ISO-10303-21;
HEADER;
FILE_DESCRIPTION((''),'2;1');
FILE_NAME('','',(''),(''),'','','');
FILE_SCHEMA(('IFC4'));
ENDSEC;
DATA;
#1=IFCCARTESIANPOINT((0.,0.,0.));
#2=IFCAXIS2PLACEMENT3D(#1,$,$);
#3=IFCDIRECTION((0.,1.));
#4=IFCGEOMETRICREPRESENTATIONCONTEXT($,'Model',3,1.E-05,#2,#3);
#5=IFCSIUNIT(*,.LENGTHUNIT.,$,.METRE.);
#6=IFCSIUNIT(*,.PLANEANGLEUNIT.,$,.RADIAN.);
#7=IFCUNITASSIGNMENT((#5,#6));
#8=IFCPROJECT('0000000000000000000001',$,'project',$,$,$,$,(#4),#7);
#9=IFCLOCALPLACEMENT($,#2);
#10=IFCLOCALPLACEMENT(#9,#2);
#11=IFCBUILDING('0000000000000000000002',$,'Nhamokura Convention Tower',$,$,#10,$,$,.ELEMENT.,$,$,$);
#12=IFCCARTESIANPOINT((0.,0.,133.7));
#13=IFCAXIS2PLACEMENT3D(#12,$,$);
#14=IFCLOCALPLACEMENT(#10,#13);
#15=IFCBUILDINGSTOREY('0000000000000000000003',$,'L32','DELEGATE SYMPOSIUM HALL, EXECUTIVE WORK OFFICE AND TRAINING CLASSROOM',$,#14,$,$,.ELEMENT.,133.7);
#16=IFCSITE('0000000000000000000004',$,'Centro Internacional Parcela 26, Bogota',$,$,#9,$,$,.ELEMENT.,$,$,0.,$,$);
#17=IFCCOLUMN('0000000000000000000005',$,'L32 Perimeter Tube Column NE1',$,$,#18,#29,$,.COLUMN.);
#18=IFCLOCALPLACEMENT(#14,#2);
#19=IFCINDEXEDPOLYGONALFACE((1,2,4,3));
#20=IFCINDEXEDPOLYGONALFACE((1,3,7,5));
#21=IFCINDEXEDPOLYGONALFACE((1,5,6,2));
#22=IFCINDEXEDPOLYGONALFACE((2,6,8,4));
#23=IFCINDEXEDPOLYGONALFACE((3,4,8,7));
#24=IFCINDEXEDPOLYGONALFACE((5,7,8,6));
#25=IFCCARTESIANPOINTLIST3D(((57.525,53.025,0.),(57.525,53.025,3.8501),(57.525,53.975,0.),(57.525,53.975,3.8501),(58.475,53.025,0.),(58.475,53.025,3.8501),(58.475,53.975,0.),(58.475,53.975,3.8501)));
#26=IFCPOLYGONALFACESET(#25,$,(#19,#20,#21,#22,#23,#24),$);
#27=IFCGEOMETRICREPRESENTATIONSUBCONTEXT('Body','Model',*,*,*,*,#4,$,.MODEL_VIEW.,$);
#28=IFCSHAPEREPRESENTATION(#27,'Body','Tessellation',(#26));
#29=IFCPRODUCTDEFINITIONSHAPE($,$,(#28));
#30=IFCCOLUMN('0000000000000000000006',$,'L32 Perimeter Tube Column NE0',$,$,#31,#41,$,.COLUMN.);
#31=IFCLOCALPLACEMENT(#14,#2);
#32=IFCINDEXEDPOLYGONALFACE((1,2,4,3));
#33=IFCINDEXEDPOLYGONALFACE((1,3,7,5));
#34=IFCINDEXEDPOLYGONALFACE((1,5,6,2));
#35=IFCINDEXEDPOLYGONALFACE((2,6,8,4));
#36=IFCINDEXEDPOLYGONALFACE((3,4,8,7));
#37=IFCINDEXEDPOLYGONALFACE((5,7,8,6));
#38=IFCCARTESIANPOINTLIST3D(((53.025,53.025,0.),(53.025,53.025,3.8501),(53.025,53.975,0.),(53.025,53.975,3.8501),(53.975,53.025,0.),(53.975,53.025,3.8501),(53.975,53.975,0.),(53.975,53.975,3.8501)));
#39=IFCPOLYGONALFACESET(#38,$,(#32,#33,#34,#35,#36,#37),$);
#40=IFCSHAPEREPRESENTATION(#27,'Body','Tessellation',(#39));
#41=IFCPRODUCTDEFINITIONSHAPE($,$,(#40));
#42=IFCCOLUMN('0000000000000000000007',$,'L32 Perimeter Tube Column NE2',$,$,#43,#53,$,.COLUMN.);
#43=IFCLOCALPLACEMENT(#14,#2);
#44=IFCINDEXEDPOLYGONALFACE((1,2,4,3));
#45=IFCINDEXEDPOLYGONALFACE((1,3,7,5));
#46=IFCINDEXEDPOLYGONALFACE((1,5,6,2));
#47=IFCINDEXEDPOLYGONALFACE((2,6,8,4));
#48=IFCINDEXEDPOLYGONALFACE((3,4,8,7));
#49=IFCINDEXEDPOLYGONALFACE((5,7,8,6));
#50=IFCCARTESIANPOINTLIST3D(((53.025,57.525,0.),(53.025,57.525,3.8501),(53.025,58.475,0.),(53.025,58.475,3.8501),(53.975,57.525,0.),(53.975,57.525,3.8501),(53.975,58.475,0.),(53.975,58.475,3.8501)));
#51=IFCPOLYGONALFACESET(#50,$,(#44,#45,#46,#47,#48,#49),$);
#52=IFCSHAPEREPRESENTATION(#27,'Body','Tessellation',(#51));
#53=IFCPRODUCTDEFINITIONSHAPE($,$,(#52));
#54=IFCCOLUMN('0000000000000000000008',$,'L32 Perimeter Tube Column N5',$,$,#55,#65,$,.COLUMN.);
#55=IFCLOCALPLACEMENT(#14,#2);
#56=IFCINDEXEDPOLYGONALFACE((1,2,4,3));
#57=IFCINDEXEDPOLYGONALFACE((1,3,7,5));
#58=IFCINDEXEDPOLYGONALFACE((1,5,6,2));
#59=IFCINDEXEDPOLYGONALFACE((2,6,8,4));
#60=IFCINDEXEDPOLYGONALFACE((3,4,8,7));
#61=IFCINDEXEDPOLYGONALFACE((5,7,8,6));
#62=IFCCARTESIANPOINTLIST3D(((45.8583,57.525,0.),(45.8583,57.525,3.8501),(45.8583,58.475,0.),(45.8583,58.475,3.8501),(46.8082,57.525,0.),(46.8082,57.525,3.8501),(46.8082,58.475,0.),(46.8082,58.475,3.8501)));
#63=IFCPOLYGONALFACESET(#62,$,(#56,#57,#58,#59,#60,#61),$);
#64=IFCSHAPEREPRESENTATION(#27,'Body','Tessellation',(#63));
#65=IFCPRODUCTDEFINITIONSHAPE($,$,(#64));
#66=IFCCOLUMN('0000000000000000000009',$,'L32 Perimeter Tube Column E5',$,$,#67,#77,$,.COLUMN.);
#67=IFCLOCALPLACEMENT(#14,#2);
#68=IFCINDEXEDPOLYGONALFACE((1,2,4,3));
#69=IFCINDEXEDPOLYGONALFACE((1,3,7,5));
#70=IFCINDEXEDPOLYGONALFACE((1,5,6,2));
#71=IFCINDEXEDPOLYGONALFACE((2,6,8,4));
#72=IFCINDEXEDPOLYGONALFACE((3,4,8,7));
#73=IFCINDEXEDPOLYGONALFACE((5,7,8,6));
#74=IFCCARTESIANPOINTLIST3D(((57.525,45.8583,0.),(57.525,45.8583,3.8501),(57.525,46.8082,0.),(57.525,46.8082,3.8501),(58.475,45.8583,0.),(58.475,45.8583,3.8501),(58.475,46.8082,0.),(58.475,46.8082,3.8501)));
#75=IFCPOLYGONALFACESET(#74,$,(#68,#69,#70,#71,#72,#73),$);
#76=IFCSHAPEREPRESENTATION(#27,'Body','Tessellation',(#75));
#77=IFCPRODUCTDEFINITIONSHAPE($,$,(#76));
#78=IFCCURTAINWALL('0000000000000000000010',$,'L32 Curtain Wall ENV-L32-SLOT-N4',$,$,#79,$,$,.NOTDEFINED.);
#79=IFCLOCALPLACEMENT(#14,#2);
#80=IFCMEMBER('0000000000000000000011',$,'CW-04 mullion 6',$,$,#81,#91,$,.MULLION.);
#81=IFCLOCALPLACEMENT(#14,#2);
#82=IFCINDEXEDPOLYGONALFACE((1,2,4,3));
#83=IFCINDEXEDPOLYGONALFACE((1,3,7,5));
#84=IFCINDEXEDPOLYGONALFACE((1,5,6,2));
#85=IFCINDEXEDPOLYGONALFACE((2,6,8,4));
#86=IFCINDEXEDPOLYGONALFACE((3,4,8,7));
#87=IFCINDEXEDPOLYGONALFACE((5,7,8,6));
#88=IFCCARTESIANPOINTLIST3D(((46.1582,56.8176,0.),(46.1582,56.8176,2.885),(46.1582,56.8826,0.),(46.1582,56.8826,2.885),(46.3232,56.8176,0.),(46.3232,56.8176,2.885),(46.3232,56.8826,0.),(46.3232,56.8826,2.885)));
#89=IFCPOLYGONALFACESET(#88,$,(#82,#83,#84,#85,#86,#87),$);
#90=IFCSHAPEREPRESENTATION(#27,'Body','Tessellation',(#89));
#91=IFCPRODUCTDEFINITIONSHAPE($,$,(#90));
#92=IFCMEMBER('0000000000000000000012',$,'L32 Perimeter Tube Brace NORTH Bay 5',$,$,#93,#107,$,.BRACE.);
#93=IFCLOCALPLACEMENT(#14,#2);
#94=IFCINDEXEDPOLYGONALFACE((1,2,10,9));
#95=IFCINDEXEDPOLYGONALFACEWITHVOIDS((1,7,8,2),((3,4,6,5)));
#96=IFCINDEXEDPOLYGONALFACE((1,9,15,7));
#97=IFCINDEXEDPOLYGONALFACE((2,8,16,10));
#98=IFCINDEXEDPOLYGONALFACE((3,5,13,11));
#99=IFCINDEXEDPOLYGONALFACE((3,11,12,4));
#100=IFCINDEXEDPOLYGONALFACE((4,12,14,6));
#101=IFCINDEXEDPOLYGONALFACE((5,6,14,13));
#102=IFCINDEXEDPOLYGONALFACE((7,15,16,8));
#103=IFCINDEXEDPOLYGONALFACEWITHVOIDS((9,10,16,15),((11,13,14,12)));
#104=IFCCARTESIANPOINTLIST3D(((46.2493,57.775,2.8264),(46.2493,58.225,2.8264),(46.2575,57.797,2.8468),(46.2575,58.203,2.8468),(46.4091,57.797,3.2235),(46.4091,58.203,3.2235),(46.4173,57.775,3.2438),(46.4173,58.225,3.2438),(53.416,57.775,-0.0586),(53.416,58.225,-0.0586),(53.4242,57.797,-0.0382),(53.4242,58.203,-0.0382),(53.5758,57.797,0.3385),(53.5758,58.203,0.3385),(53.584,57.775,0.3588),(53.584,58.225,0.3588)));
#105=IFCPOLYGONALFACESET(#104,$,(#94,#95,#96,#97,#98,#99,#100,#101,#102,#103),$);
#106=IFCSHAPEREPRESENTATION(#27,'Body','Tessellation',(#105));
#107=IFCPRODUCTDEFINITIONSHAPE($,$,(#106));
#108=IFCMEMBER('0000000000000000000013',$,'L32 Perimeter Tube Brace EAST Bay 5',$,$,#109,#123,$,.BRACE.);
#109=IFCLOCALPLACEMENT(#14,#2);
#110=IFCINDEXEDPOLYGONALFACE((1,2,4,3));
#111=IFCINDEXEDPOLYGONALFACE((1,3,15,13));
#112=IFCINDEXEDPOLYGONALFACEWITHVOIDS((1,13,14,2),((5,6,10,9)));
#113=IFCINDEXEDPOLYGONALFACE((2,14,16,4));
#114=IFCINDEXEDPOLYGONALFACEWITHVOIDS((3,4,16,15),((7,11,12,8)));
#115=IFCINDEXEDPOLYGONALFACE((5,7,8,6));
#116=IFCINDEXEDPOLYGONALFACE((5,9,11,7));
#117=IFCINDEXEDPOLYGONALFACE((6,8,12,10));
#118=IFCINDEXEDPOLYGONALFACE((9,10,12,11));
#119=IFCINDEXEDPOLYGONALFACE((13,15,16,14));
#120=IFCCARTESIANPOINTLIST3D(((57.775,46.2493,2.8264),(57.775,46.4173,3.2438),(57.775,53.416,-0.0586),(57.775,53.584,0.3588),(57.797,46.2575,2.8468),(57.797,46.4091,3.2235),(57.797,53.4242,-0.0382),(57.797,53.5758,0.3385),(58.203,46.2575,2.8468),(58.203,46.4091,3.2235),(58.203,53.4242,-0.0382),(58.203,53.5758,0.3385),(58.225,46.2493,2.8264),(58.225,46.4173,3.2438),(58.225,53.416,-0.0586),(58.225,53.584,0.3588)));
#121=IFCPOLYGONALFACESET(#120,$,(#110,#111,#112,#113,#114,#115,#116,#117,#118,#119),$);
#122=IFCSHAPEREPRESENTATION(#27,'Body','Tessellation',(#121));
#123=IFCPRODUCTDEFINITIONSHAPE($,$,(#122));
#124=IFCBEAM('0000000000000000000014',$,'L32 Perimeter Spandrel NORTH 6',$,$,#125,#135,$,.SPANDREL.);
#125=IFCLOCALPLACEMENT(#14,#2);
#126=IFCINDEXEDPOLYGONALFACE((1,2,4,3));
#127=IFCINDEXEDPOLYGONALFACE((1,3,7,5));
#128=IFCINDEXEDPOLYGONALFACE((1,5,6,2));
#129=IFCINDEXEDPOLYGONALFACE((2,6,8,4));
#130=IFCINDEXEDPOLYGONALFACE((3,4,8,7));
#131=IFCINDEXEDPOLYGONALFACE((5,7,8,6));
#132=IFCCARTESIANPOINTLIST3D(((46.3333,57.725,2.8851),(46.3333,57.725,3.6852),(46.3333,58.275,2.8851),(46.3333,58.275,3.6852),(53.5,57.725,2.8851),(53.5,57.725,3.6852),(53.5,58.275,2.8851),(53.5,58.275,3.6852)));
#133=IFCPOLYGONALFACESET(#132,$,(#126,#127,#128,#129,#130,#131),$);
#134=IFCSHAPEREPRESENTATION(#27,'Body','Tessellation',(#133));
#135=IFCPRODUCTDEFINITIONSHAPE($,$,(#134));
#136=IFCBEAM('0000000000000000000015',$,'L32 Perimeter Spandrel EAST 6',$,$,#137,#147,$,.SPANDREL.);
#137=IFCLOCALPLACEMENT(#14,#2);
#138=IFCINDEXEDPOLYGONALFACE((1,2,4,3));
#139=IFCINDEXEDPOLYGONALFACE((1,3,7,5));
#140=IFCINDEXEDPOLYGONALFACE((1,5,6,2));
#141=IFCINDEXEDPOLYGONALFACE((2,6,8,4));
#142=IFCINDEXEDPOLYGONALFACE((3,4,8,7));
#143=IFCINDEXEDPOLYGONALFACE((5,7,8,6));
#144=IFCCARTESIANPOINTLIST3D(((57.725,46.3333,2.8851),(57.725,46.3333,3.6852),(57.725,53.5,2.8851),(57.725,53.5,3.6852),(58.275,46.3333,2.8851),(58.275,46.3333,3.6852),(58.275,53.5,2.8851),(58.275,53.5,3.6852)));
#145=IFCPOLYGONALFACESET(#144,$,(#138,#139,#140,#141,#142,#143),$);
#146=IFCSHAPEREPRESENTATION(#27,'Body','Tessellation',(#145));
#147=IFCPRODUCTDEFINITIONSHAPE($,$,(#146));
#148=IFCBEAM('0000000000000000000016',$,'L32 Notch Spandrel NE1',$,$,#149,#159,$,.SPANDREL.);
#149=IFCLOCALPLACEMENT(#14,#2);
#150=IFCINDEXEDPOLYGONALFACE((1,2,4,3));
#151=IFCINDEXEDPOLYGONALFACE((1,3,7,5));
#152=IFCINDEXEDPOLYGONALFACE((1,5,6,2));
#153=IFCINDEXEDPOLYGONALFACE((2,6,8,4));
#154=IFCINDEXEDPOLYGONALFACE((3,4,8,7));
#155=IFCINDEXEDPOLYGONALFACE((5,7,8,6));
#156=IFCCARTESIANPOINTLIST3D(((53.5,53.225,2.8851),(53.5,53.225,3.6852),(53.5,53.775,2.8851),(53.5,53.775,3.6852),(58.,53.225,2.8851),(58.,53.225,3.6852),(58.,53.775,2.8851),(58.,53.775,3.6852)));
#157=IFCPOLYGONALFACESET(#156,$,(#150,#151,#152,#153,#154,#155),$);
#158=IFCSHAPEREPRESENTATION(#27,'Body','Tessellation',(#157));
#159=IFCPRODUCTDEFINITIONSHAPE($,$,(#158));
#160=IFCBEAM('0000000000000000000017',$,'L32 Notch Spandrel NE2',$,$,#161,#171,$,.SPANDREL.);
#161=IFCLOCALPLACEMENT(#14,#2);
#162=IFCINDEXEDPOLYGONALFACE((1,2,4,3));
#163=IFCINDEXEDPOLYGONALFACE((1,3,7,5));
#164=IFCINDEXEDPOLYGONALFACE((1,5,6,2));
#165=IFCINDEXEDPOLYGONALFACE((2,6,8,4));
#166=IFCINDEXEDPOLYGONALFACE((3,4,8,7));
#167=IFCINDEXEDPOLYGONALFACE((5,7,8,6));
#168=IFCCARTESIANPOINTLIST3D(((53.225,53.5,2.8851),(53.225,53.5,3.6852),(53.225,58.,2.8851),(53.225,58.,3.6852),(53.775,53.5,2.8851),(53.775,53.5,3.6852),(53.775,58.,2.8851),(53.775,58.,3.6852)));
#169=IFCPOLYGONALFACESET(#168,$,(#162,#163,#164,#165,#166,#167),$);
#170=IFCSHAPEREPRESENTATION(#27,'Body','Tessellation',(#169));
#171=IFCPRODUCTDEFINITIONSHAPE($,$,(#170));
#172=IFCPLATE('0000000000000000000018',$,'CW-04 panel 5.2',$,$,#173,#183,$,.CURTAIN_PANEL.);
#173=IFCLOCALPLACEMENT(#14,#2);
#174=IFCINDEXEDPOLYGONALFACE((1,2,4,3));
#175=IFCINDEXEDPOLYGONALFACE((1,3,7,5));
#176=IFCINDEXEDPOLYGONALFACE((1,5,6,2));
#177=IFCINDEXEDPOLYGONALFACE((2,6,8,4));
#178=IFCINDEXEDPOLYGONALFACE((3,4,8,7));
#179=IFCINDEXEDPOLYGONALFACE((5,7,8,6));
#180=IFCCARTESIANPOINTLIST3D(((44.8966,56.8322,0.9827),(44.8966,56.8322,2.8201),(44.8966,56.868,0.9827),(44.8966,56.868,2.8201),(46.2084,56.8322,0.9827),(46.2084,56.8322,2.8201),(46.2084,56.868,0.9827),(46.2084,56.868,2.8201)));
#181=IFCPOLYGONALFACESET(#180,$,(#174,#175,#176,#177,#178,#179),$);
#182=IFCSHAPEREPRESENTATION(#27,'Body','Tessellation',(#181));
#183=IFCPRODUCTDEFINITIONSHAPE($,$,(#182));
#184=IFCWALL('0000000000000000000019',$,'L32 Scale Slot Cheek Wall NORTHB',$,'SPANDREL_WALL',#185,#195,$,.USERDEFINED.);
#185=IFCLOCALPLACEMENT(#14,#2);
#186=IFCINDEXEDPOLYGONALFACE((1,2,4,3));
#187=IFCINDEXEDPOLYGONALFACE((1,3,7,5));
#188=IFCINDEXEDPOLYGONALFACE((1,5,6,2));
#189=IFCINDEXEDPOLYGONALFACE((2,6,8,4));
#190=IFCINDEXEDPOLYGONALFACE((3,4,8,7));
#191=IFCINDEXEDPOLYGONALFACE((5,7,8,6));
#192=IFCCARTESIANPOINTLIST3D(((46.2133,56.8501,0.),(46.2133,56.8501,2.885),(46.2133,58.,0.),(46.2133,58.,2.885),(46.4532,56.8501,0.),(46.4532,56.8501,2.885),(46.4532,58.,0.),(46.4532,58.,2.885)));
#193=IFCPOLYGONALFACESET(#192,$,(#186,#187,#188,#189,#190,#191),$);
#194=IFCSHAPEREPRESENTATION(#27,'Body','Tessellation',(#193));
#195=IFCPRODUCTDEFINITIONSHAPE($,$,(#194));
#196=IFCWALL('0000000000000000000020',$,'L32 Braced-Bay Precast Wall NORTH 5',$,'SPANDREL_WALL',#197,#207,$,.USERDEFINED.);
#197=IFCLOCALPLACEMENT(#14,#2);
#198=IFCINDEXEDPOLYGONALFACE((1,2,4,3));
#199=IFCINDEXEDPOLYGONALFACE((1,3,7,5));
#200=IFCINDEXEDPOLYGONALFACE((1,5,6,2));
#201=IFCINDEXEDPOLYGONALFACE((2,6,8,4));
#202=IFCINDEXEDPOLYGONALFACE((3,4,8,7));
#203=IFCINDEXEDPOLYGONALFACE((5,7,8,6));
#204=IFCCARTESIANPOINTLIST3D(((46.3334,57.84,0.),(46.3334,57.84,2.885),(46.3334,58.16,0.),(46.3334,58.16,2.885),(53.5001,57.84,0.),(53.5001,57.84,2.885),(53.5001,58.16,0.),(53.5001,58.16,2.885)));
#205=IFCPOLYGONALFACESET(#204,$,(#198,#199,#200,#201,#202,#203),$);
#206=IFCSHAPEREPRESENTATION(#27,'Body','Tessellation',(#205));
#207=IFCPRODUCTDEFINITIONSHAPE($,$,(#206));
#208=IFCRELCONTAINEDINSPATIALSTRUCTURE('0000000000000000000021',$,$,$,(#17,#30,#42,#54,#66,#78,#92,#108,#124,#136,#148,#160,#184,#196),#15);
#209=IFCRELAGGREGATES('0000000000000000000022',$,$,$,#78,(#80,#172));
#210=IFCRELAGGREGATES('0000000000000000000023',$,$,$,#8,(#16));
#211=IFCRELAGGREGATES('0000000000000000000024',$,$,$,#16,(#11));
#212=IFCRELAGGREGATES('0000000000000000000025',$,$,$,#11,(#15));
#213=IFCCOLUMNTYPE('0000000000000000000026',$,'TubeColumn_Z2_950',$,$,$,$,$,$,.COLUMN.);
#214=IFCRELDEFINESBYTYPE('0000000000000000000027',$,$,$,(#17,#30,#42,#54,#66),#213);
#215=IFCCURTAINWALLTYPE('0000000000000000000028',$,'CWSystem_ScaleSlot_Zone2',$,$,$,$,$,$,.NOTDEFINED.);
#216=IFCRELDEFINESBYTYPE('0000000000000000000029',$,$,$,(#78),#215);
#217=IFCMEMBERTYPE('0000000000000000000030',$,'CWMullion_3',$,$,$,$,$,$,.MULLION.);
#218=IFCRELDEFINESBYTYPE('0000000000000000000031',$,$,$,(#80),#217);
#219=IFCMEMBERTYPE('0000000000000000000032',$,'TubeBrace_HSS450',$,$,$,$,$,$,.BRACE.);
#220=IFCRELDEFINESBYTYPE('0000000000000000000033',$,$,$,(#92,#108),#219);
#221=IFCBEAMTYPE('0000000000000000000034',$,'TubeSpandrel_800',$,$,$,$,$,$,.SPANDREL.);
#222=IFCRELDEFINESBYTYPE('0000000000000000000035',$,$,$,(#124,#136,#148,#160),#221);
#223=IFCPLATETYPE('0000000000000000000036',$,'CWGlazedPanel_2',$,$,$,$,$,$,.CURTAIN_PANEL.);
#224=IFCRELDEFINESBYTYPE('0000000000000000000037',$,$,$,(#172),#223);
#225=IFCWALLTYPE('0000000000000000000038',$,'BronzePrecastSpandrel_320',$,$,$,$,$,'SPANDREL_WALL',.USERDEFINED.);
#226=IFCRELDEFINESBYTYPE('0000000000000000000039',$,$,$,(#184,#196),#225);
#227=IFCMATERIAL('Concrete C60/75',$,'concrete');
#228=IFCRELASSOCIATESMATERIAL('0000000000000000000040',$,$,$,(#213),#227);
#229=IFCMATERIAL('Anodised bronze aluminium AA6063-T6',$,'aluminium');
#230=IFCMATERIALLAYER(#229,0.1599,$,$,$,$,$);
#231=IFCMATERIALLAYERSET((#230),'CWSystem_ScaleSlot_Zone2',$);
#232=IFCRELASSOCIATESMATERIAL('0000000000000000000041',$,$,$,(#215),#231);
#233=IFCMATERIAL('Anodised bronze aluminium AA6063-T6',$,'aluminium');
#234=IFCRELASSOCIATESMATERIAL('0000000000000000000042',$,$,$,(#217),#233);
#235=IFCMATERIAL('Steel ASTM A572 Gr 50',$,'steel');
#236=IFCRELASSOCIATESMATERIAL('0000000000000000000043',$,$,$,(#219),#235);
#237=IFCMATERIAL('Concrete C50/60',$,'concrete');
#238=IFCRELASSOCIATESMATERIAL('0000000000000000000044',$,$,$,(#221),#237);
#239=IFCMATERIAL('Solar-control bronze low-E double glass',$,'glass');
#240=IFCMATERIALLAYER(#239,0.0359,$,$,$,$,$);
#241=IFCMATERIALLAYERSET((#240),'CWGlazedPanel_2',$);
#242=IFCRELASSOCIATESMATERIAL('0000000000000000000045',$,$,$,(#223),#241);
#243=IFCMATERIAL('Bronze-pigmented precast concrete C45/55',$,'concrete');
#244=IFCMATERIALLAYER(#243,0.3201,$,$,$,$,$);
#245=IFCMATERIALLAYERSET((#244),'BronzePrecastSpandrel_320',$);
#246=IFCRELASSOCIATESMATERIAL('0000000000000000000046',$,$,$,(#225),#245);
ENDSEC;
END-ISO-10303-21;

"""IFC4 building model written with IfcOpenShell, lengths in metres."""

from ifc_helpers import new_model, si_unit, direction, frame, frame_2d, origin, origin_2d, place, context, subcontext, project, spatial, rectangle, hollow_rectangle, extrude, material, layer, layer_set, material_profile, profile_set, type_object, element, aggregate, save


model = new_model("IFC4")

# Units and contexts
model_context = context("Model", 3, precision=1e-05, world=origin(), true_north=direction((0.0, 1.0)))
body_context = subcontext(model_context, "Body", "Model", "MODEL_VIEW")
ifc_project = project(units=[si_unit("LENGTHUNIT", "METRE"), si_unit("PLANEANGLEUNIT", "RADIAN")], contexts=[model_context])

# Site, building, storey
site_placement = place(None, origin())
site = spatial("IfcSite", under=ifc_project, at=site_placement, Name="Centro Internacional Parcela 26, Bogota", CompositionType="ELEMENT", RefElevation=0.0)
building_placement = place(site_placement, origin())
building = spatial("IfcBuilding", under=site, at=building_placement, Name="Nhamokura Convention Tower", CompositionType="ELEMENT")
storey_placement = place(building_placement, frame((0.0, 0.0, 133.7)))
storey = spatial("IfcBuildingStorey", under=building, at=storey_placement, Name="L32", Description="DELEGATE SYMPOSIUM HALL, EXECUTIVE WORK OFFICE AND TRAINING CLASSROOM", CompositionType="ELEMENT", Elevation=133.7)

# Columns
ifc_material_1 = material(Name="Concrete C60/75", Category="concrete")
ifc_material_profile_1 = material_profile(ifc_material_1, rectangle(XDim=0.95, YDim=0.95, at=origin_2d()))
ifc_profile_set_1 = profile_set([ifc_material_profile_1], Name="Concrete C60/75")
column_type = type_object("IfcColumnType", Name="TubeColumn_Z2_950", PredefinedType="COLUMN", material=ifc_profile_set_1)
for number, where, z_axis, x_axis, name in (
    (1, (58.0, 53.5, 0.0), (0.0, 0.0, 1.0), (1.0, 0.0, 0.0), "L32 Perimeter Tube Column NE1"),
    (2, (53.5, 53.5, 0.0), (0.0, 0.0, 1.0), (1.0, 0.0, 0.0), "L32 Perimeter Tube Column NE0"),
    (3, (53.5, 58.0, 0.0), (0.0, 0.0, 1.0), (1.0, 0.0, 0.0), "L32 Perimeter Tube Column NE2"),
    (4, (46.3333, 58.0, 0.0), (0.0, 0.0, 1.0), (1.0, 0.0, 0.0), "L32 Perimeter Tube Column N5"),
    (5, (58.0, 46.3333, 0.0), (0.0, 0.0, 1.0), (1.0, 0.0, 0.0), "L32 Perimeter Tube Column E5"),
):
    element("IfcColumn", number, at=place(storey_placement, frame(where, z_axis=z_axis, x_axis=x_axis)), inside=storey, type_object=column_type, Name=name, PredefinedType="COLUMN", context=body_context, shape_type="SweptSolid", body=[
        extrude(rectangle(XDim=0.95, YDim=0.95, at=origin_2d()), origin(), (0.0, 0.0, 1.0), 3.8501),
    ])

# Curtain wall, member
ifc_material_2 = material(Name="Anodised bronze aluminium AA6063-T6", Category="aluminium")
ifc_layer_1 = layer(ifc_material_2, 0.1599)
ifc_layer_set_1 = layer_set([ifc_layer_1], Name="CWSystem_ScaleSlot_Zone2")
curtain_wall_type = type_object("IfcCurtainWallType", Name="CWSystem_ScaleSlot_Zone2", PredefinedType="NOTDEFINED", material=ifc_layer_set_1)
curtain_wall_placement = place(storey_placement, origin())
curtain_wall = element("IfcCurtainWall", 6, at=curtain_wall_placement, inside=storey, type_object=curtain_wall_type, Name="L32 Curtain Wall ENV-L32-SLOT-N4", PredefinedType="NOTDEFINED")
ifc_material_3 = material(Name="Anodised bronze aluminium AA6063-T6", Category="aluminium")
ifc_material_profile_2 = material_profile(ifc_material_3, rectangle(XDim=0.0649, YDim=0.165, at=origin_2d()))
ifc_profile_set_2 = profile_set([ifc_material_profile_2], Name="Anodised bronze aluminium AA6063-T6")
member_type_1 = type_object("IfcMemberType", Name="CWMullion_3", PredefinedType="MULLION", material=ifc_profile_set_2)
member_placement = place(storey_placement, frame((46.2407, 56.8501, 0.0), z_axis=(0.0, 0.0, 1.0), x_axis=(0.0, 1.0, 0.0)))
member = element("IfcMember", 7, at=member_placement, type_object=member_type_1, Name="CW-04 mullion 6", PredefinedType="MULLION", context=body_context, shape_type="SweptSolid", body=[
    extrude(rectangle(XDim=0.0649, YDim=0.165, at=origin_2d()), origin(), (0.0, 0.0, 1.0), 2.885),
])

# Members
ifc_material_4 = material(Name="Steel ASTM A572 Gr 50", Category="steel")
ifc_material_profile_3 = material_profile(ifc_material_4, hollow_rectangle(XDim=0.45, YDim=0.45, WallThickness=0.022, at=origin_2d()))
ifc_profile_set_3 = profile_set([ifc_material_profile_3], Name="Steel ASTM A572 Gr 50")
member_type_2 = type_object("IfcMemberType", Name="TubeBrace_HSS450", PredefinedType="BRACE", material=ifc_profile_set_3)
for number, where, z_axis, x_axis, name in (
    (8, (53.5, 58.0, 0.1501), (-0.927657, 0.0, 0.373433), (0.0, -1.0, 0.0), "L32 Perimeter Tube Brace NORTH Bay 5"),
    (9, (58.0, 53.5, 0.1501), (0.0, -0.927657, 0.373433), (1.0, 0.0, 0.0), "L32 Perimeter Tube Brace EAST Bay 5"),
):
    element("IfcMember", number, at=place(storey_placement, frame(where, z_axis=z_axis, x_axis=x_axis)), inside=storey, type_object=member_type_2, Name=name, PredefinedType="BRACE", context=body_context, shape_type="SweptSolid", body=[
        extrude(hollow_rectangle(XDim=0.45, YDim=0.45, WallThickness=0.022, at=origin_2d()), origin(), (0.0, 0.0, 1.0), 7.7256),
    ])

# Beams
ifc_material_5 = material(Name="Concrete C50/60", Category="concrete")
ifc_material_profile_4 = material_profile(ifc_material_5, rectangle(XDim=0.55, YDim=0.8, at=origin_2d()))
ifc_profile_set_4 = profile_set([ifc_material_profile_4], Name="Concrete C50/60")
beam_type = type_object("IfcBeamType", Name="TubeSpandrel_800", PredefinedType="SPANDREL", material=ifc_profile_set_4)
for number, where, z_axis, x_axis, name in (
    (10, (46.3333, 58.0, 3.2852), (1.0, 0.0, 0.0), (0.0, 1.0, 0.0), "L32 Perimeter Spandrel NORTH 6"),
    (11, (58.0, 46.3333, 3.2852), (0.0, 1.0, 0.0), (-1.0, 0.0, 0.0), "L32 Perimeter Spandrel EAST 6"),
):
    element("IfcBeam", number, at=place(storey_placement, frame(where, z_axis=z_axis, x_axis=x_axis)), inside=storey, type_object=beam_type, Name=name, PredefinedType="SPANDREL", context=body_context, shape_type="SweptSolid", body=[
        extrude(rectangle(XDim=0.55, YDim=0.8, at=origin_2d()), origin(), (0.0, 0.0, 1.0), 7.1667),
    ])
for number, where, z_axis, x_axis, name in (
    (12, (58.0, 53.5, 3.2852), (-1.0, 0.0, 0.0), (0.0, -1.0, 0.0), "L32 Notch Spandrel NE1"),
    (13, (53.5, 53.5, 3.2852), (0.0, 1.0, 0.0), (-1.0, 0.0, 0.0), "L32 Notch Spandrel NE2"),
):
    element("IfcBeam", number, at=place(storey_placement, frame(where, z_axis=z_axis, x_axis=x_axis)), inside=storey, type_object=beam_type, Name=name, PredefinedType="SPANDREL", context=body_context, shape_type="SweptSolid", body=[
        extrude(rectangle(XDim=0.55, YDim=0.8, at=origin_2d()), origin(), (0.0, 0.0, 1.0), 4.5),
    ])

# Plate
ifc_material_6 = material(Name="Solar-control bronze low-E double glass", Category="glass")
ifc_layer_2 = layer(ifc_material_6, 0.0359)
ifc_layer_set_2 = layer_set([ifc_layer_2], Name="CWGlazedPanel_2")
plate_type = type_object("IfcPlateType", Name="CWGlazedPanel_2", PredefinedType="CURTAIN_PANEL", material=ifc_layer_set_2)
plate_placement = place(storey_placement, frame((45.5525, 56.8501, 0.9827), z_axis=(0.0, 0.0, 1.0), x_axis=(1.0, 0.0, 0.0)))
plate = element("IfcPlate", 14, at=plate_placement, type_object=plate_type, Name="CW-04 panel 5.2", PredefinedType="CURTAIN_PANEL", context=body_context, shape_type="SweptSolid", body=[
    extrude(rectangle(XDim=1.3118, YDim=0.0359, at=origin_2d()), origin(), (0.0, 0.0, 1.0), 1.8374),
])
aggregate(curtain_wall, [member, plate])

# Walls
ifc_material_7 = material(Name="Bronze-pigmented precast concrete C45/55", Category="concrete")
ifc_layer_3 = layer(ifc_material_7, 0.3201)
ifc_layer_set_3 = layer_set([ifc_layer_3], Name="BronzePrecastSpandrel_320")
wall_type = type_object("IfcWallType", Name="BronzePrecastSpandrel_320", ElementType="SPANDREL_WALL", PredefinedType="USERDEFINED", material=ifc_layer_set_3)
wall_1_placement = place(storey_placement, frame((46.3333, 58.0, 0.0), z_axis=(0.0, 0.0, 1.0), x_axis=(0.0, -1.0, 0.0)))
element("IfcWall", 15, at=wall_1_placement, inside=storey, type_object=wall_type, Name="L32 Scale Slot Cheek Wall NORTHB", ObjectType="SPANDREL_WALL", PredefinedType="USERDEFINED", context=body_context, shape_type="SweptSolid", body=[
    extrude(rectangle(XDim=1.1499, YDim=0.24, at=frame_2d((0.575, 0.0))), origin(), (0.0, 0.0, 1.0), 2.885),
])
wall_2_placement = place(storey_placement, frame((46.3333, 58.0, 0.0), z_axis=(0.0, 0.0, 1.0), x_axis=(1.0, 0.0, 0.0)))
element("IfcWall", 16, at=wall_2_placement, inside=storey, type_object=wall_type, Name="L32 Braced-Bay Precast Wall NORTH 5", ObjectType="SPANDREL_WALL", PredefinedType="USERDEFINED", context=body_context, shape_type="SweptSolid", body=[
    extrude(rectangle(XDim=7.1667, YDim=0.3201, at=frame_2d((3.5835, 0.0))), origin(), (0.0, 0.0, 1.0), 2.885),
])

save(model, "model.ifc")
